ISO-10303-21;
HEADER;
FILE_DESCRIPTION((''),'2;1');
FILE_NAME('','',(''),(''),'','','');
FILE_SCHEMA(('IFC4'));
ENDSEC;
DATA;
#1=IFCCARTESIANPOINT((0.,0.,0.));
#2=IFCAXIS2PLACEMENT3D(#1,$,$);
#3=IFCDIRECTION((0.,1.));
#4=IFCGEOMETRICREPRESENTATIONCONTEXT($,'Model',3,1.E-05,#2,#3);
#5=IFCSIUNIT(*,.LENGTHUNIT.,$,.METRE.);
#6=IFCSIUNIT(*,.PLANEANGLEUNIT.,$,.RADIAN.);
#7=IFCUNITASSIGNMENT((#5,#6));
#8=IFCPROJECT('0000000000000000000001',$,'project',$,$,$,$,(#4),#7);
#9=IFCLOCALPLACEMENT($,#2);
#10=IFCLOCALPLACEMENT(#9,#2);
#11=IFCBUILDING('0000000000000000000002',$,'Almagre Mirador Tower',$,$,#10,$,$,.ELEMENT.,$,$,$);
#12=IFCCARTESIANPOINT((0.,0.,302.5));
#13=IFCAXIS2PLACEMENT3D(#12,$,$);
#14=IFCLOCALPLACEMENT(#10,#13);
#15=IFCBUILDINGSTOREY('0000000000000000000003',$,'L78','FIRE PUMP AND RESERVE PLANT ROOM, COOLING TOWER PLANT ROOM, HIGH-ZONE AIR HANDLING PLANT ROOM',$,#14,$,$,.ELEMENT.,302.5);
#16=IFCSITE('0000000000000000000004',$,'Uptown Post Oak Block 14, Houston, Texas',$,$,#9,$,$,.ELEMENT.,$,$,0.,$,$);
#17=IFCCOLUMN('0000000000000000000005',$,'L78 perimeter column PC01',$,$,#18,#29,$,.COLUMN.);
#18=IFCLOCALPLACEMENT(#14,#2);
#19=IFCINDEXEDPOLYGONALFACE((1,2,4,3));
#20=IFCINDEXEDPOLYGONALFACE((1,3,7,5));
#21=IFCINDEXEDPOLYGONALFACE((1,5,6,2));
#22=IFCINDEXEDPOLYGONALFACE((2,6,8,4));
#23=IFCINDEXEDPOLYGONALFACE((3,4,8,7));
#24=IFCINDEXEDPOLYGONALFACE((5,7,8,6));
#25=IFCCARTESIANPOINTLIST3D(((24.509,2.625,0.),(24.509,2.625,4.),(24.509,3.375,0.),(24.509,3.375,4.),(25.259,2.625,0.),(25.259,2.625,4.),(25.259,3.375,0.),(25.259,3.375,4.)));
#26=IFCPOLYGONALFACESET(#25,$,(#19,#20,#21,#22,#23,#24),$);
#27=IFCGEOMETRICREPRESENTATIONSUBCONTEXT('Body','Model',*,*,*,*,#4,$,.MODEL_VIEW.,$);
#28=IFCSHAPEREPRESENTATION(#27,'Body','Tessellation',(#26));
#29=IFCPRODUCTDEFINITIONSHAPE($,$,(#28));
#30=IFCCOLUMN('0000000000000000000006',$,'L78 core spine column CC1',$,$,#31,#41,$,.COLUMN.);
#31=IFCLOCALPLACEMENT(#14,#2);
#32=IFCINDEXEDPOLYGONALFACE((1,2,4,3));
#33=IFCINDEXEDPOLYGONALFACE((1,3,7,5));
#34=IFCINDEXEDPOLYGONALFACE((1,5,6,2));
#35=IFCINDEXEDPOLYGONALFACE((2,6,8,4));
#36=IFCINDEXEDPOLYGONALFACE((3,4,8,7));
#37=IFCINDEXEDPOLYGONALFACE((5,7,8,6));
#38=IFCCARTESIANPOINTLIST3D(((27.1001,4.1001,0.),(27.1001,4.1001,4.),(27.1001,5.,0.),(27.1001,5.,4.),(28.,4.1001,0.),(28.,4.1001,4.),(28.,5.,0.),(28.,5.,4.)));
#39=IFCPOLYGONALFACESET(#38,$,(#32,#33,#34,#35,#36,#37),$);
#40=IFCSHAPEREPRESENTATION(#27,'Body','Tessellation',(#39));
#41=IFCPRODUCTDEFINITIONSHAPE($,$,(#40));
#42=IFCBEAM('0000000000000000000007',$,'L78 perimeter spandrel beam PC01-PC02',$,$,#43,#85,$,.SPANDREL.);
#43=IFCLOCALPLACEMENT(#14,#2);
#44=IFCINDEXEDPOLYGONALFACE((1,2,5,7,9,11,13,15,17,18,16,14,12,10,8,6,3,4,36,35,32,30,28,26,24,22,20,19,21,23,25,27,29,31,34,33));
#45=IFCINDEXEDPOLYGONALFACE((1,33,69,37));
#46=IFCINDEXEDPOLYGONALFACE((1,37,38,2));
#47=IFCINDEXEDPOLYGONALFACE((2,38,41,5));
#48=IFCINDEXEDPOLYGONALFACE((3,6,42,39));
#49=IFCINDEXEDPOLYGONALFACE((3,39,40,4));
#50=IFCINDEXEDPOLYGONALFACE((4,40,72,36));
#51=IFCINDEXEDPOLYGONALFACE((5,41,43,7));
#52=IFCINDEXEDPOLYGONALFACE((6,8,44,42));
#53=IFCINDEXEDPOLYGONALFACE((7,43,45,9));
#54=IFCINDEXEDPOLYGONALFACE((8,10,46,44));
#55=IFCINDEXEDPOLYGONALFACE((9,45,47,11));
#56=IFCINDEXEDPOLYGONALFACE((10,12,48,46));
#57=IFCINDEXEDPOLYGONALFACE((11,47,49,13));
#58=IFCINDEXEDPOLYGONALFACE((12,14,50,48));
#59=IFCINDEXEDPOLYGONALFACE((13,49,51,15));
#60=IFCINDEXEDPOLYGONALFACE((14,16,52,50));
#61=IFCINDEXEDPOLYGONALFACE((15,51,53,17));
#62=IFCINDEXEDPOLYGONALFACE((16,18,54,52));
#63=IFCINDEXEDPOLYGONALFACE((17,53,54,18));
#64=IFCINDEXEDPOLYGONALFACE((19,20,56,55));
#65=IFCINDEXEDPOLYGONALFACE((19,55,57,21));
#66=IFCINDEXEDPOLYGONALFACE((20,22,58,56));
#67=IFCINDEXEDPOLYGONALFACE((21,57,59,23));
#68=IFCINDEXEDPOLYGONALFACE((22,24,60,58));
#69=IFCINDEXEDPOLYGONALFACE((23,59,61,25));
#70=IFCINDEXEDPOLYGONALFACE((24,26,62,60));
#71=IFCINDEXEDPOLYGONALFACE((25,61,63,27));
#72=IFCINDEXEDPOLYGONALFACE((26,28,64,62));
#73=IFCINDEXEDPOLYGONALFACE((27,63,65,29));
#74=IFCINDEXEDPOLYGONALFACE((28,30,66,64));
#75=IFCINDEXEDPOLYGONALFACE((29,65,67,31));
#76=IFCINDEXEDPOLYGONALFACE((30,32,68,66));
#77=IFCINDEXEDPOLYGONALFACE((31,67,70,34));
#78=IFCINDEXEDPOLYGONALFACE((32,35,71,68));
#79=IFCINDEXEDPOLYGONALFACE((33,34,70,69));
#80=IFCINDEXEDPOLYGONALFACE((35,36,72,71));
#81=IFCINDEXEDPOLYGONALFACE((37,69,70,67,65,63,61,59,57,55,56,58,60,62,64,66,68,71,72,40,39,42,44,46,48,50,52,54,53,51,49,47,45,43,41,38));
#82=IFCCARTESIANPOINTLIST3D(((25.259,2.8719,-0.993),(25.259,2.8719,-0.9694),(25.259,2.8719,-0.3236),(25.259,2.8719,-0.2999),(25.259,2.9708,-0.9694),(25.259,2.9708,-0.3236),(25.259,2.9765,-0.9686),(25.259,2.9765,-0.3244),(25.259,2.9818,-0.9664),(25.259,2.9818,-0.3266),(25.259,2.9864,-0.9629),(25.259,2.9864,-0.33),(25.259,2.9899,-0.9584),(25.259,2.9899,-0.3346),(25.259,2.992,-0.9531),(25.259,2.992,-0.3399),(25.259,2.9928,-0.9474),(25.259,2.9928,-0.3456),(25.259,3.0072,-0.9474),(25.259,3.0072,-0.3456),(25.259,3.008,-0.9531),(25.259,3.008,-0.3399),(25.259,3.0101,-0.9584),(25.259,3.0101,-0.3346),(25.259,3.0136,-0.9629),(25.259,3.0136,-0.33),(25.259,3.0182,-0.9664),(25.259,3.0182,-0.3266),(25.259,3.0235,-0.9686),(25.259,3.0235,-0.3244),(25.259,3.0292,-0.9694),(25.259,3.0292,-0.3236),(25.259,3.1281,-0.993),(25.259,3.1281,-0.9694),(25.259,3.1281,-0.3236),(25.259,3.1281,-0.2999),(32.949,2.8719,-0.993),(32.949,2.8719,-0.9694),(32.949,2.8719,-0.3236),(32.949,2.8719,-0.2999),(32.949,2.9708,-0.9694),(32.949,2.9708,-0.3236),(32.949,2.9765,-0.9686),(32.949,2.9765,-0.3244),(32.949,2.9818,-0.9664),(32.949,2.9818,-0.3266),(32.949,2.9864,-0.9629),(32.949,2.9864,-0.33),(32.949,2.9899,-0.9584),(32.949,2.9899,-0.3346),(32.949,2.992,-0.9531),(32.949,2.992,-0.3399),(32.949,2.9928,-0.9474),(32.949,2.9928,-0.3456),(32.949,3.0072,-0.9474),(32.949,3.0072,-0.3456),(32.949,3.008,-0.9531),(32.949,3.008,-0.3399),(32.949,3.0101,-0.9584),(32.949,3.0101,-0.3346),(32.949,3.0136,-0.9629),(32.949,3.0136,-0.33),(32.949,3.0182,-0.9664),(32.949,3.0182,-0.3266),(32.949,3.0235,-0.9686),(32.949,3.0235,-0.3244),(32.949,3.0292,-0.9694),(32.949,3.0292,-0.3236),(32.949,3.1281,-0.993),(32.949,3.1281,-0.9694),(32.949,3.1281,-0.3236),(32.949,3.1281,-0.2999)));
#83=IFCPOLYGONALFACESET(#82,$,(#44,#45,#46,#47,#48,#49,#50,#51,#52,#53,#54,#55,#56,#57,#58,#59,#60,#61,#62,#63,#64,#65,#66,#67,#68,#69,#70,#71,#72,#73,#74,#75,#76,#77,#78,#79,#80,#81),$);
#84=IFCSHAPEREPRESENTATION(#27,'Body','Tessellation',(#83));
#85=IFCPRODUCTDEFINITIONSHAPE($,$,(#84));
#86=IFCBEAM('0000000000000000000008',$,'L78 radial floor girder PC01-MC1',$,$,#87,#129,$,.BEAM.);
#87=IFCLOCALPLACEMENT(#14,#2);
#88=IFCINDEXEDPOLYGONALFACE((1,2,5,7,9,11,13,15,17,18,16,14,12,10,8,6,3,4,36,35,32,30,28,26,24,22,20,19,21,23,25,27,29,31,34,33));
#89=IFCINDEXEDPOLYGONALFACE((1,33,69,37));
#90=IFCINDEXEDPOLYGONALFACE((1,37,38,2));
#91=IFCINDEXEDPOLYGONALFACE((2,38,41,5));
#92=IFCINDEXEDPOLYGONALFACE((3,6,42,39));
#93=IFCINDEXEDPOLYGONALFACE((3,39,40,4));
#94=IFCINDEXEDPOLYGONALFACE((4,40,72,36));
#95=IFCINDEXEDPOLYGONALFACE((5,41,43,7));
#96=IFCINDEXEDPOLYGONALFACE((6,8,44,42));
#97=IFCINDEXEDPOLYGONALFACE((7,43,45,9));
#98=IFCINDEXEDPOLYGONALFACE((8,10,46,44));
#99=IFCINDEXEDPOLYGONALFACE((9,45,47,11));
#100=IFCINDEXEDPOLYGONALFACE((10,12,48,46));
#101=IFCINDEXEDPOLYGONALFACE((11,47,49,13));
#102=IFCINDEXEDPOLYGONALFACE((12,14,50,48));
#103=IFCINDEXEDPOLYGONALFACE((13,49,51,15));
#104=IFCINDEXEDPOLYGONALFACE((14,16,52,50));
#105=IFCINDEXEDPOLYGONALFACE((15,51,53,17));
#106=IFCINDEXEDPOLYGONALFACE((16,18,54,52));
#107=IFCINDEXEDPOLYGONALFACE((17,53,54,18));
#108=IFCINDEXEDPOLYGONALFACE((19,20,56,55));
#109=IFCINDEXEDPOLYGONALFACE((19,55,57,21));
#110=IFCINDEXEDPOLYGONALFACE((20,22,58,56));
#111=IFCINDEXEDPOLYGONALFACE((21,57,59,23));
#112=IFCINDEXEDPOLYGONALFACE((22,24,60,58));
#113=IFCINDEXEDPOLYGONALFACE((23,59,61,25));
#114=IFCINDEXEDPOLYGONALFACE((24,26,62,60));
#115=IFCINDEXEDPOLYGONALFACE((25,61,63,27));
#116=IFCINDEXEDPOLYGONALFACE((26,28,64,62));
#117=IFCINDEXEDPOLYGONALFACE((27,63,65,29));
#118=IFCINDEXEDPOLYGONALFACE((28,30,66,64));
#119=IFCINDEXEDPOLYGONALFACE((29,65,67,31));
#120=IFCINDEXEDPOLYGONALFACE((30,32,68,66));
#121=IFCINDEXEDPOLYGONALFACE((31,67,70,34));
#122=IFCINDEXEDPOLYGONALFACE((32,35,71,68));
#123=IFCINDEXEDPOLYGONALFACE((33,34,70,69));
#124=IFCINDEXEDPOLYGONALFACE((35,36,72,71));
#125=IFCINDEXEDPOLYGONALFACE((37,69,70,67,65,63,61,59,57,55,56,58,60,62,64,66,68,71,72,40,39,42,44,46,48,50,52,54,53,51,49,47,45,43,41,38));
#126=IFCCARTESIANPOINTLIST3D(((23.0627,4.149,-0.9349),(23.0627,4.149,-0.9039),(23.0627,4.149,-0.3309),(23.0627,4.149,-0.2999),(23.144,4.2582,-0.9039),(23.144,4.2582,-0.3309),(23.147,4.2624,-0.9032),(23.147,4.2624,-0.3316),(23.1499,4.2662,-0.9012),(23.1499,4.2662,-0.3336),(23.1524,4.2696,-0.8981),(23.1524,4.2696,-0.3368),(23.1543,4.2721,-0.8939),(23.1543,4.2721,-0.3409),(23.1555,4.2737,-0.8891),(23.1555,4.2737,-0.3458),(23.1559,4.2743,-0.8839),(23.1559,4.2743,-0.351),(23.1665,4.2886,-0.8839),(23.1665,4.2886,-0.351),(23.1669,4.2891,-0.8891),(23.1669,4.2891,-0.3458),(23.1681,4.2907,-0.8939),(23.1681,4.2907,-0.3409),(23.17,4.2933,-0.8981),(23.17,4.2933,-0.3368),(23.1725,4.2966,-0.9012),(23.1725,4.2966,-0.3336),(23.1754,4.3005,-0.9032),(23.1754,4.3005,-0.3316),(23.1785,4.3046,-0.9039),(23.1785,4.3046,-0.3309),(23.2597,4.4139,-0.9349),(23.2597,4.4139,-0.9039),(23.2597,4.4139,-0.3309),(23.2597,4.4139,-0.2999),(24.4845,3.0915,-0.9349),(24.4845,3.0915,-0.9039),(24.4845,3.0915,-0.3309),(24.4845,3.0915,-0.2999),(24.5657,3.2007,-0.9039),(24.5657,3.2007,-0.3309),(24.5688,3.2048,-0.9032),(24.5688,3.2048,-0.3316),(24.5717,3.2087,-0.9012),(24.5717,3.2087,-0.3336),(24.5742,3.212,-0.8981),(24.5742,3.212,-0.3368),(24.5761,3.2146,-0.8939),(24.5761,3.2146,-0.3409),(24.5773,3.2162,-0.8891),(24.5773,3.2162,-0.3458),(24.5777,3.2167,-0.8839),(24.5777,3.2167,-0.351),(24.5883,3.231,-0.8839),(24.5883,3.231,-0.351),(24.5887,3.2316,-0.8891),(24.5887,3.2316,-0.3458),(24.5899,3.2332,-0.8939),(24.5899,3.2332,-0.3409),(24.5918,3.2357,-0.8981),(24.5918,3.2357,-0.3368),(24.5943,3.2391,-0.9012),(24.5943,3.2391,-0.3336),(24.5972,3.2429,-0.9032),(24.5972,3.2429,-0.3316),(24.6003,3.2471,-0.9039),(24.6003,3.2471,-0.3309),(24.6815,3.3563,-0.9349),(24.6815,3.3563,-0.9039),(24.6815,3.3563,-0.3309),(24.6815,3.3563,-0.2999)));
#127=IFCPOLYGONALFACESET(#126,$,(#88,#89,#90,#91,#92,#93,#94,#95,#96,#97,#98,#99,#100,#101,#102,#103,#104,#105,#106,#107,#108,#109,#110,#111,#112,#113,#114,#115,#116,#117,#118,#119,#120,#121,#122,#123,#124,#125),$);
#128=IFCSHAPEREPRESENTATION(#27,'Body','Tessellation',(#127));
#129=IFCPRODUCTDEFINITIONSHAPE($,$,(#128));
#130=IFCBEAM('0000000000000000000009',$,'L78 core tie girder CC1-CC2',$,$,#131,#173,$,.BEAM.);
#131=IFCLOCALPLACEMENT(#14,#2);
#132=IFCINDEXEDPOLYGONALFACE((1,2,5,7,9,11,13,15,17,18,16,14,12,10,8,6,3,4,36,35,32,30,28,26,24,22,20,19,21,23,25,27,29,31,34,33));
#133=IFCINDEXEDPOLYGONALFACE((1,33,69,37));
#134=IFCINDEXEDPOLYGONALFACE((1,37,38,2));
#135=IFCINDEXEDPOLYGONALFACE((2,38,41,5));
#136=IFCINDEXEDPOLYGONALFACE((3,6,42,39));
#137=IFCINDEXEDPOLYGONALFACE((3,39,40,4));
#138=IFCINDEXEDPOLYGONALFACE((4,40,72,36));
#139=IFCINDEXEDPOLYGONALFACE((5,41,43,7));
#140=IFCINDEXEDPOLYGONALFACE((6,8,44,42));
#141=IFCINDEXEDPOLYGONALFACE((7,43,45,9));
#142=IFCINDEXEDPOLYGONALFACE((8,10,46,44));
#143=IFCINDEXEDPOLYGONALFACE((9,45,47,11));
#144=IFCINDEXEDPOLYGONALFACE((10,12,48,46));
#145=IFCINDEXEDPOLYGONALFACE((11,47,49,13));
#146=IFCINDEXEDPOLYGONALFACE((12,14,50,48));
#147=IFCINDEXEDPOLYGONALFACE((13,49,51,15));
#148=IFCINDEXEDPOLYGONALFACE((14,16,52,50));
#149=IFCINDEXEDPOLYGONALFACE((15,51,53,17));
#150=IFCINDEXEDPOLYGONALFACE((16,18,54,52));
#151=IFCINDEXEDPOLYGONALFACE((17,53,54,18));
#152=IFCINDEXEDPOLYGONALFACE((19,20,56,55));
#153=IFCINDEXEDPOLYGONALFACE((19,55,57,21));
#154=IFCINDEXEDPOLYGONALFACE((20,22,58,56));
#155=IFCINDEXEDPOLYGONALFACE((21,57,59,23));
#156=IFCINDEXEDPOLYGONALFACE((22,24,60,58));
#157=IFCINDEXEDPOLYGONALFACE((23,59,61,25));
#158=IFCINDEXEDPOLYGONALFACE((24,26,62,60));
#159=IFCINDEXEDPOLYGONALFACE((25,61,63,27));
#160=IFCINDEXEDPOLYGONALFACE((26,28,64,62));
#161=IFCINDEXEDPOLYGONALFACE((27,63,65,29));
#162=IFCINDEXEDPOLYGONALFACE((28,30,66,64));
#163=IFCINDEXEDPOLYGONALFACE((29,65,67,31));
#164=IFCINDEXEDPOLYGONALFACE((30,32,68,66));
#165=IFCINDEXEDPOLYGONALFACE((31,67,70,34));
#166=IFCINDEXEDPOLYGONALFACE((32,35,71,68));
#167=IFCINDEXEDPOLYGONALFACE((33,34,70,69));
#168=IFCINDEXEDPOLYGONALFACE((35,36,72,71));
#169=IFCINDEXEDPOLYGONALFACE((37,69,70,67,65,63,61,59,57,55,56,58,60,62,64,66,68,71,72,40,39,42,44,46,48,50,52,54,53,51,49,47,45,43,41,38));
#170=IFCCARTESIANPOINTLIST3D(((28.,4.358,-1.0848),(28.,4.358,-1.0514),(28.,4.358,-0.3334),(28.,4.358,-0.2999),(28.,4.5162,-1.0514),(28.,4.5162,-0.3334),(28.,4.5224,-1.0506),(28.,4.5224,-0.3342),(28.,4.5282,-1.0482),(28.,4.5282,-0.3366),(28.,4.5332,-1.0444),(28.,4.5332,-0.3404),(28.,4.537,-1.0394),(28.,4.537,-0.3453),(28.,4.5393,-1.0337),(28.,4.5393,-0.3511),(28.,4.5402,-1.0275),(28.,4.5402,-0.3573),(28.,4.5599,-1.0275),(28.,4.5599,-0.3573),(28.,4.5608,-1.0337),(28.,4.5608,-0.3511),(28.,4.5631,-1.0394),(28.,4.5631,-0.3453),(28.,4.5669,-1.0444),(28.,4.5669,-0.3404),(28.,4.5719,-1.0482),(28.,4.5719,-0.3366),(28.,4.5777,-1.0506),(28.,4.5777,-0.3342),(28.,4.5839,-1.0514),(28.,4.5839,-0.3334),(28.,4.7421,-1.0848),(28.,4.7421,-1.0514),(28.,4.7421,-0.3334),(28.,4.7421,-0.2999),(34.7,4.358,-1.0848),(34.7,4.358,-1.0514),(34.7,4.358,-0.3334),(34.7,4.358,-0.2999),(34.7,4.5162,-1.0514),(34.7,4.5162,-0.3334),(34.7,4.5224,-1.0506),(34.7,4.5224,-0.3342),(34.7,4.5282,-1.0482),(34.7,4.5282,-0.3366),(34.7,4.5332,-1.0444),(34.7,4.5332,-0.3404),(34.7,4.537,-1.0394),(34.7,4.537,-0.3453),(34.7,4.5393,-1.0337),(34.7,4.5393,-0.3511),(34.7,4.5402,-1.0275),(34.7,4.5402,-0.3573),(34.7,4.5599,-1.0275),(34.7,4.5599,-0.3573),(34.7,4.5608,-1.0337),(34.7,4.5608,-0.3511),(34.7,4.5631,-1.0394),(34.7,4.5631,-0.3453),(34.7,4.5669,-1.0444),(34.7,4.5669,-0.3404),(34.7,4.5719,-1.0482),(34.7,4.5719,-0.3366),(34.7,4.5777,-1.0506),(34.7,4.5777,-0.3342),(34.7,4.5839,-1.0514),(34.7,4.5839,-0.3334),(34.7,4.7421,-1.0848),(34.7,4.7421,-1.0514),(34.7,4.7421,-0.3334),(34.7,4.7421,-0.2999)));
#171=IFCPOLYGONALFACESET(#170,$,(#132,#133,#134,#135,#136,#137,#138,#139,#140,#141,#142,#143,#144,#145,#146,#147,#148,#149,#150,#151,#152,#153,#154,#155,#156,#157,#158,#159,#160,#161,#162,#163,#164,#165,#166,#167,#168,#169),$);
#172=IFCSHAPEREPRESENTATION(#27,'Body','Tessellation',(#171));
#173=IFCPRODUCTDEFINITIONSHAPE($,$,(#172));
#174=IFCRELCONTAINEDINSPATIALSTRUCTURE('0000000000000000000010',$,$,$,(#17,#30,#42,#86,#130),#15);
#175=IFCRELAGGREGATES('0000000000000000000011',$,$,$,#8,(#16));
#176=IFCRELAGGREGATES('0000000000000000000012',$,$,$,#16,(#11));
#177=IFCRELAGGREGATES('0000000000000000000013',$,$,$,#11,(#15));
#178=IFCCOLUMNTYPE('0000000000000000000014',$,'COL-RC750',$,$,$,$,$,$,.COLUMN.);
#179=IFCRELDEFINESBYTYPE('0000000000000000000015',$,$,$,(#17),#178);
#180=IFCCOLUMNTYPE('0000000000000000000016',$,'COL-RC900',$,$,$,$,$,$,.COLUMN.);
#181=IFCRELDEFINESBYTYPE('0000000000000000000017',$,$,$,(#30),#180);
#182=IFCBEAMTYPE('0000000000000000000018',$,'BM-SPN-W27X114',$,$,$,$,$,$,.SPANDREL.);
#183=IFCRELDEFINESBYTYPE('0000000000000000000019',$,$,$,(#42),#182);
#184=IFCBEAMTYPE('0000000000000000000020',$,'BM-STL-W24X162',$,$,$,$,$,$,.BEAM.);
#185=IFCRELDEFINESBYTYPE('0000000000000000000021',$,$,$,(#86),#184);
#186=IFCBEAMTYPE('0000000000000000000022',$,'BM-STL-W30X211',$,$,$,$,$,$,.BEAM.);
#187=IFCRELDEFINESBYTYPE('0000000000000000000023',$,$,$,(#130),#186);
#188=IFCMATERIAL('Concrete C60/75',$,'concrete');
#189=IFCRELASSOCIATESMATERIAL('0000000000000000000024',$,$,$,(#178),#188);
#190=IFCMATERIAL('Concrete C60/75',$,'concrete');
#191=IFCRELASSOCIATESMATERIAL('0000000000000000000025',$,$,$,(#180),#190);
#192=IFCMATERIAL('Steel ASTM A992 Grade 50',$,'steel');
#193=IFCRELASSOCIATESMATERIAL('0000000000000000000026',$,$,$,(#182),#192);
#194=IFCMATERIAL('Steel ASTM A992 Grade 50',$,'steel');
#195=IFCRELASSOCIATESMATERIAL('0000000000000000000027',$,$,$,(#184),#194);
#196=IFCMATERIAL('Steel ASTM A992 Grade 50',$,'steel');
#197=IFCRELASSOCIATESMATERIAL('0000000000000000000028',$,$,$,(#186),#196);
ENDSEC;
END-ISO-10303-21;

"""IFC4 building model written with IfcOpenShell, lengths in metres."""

from ifc_helpers import new_model, si_unit, direction, frame, origin, origin_2d, place, context, subcontext, project, spatial, rectangle, i_section, extrude, material, material_profile, profile_set, type_object, element, save


model = new_model("IFC4")

# Units and contexts
model_context = context("Model", 3, precision=1e-05, world=origin(), true_north=direction((0.0, 1.0)))
body_context = subcontext(model_context, "Body", "Model", "MODEL_VIEW")
ifc_project = project(units=[si_unit("LENGTHUNIT", "METRE"), si_unit("PLANEANGLEUNIT", "RADIAN")], contexts=[model_context])

# Site, building, storey
site_placement = place(None, origin())
site = spatial("IfcSite", under=ifc_project, at=site_placement, Name="Uptown Post Oak Block 14, Houston, Texas", CompositionType="ELEMENT", RefElevation=0.0)
building_placement = place(site_placement, origin())
building = spatial("IfcBuilding", under=site, at=building_placement, Name="Almagre Mirador Tower", CompositionType="ELEMENT")
storey_placement = place(building_placement, frame((0.0, 0.0, 302.5)))
storey = spatial("IfcBuildingStorey", under=building, at=storey_placement, Name="L78", Description="FIRE PUMP AND RESERVE PLANT ROOM, COOLING TOWER PLANT ROOM, HIGH-ZONE AIR HANDLING PLANT ROOM", CompositionType="ELEMENT", Elevation=302.5)

# Columns
ifc_material_1 = material(Name="Concrete C60/75", Category="concrete")
ifc_material_profile_1 = material_profile(ifc_material_1, rectangle(XDim=0.75, YDim=0.75, at=origin_2d()), Name="RC750X750")
ifc_profile_set_1 = profile_set([ifc_material_profile_1], Name="Concrete C60/75")
column_type_1 = type_object("IfcColumnType", Name="COL-RC750", PredefinedType="COLUMN", material=ifc_profile_set_1)
column_1_placement = place(storey_placement, frame((24.884, 3.0, 0.0), z_axis=(0.0, 0.0, 1.0), x_axis=(1.0, 0.0, 0.0)))
element("IfcColumn", 1, at=column_1_placement, inside=storey, type_object=column_type_1, Name="L78 perimeter column PC01", PredefinedType="COLUMN", context=body_context, shape_type="SweptSolid", body=[
    extrude(rectangle(XDim=0.75, YDim=0.75, at=origin_2d()), origin(), (0.0, 0.0, 1.0), 4.0),
])
ifc_material_2 = material(Name="Concrete C60/75", Category="concrete")
ifc_material_profile_2 = material_profile(ifc_material_2, rectangle(XDim=0.8999, YDim=0.8999, at=origin_2d()), Name="RC900X900")
ifc_profile_set_2 = profile_set([ifc_material_profile_2], Name="Concrete C60/75")
column_type_2 = type_object("IfcColumnType", Name="COL-RC900", PredefinedType="COLUMN", material=ifc_profile_set_2)
column_2_placement = place(storey_placement, frame((27.55, 4.55, 0.0), z_axis=(0.0, 0.0, 1.0), x_axis=(1.0, 0.0, 0.0)))
element("IfcColumn", 2, at=column_2_placement, inside=storey, type_object=column_type_2, Name="L78 core spine column CC1", PredefinedType="COLUMN", context=body_context, shape_type="SweptSolid", body=[
    extrude(rectangle(XDim=0.8999, YDim=0.8999, at=origin_2d()), origin(), (0.0, 0.0, 1.0), 4.0),
])

# Beams
ifc_material_3 = material(Name="Steel ASTM A992 Grade 50", Category="steel")
ifc_material_profile_3 = material_profile(ifc_material_3, i_section(OverallWidth=0.2561, OverallDepth=0.6931, WebThickness=0.0144, FlangeThickness=0.0237, FilletRadius=0.022, at=origin_2d()), Name="W27X114")
ifc_profile_set_3 = profile_set([ifc_material_profile_3], Name="Steel ASTM A992 Grade 50")
beam_type_1 = type_object("IfcBeamType", Name="BM-SPN-W27X114", PredefinedType="SPANDREL", material=ifc_profile_set_3)
beam_1_placement = place(storey_placement, frame((25.259, 3.0, -0.6465), z_axis=(1.0, 0.0, 0.0), x_axis=(0.0, 1.0, 0.0)))
element("IfcBeam", 3, at=beam_1_placement, inside=storey, type_object=beam_type_1, Name="L78 perimeter spandrel beam PC01-PC02", PredefinedType="SPANDREL", context=body_context, shape_type="SweptSolid", body=[
    extrude(i_section(OverallWidth=0.2561, OverallDepth=0.6931, WebThickness=0.0144, FlangeThickness=0.0237, FilletRadius=0.022, at=origin_2d()), origin(), (0.0, 0.0, 1.0), 7.6899),
])
ifc_material_4 = material(Name="Steel ASTM A992 Grade 50", Category="steel")
ifc_material_profile_4 = material_profile(ifc_material_4, i_section(OverallWidth=0.3301, OverallDepth=0.635, WebThickness=0.0178, FlangeThickness=0.031, FilletRadius=0.02, at=origin_2d()), Name="W24X162")
ifc_profile_set_4 = profile_set([ifc_material_profile_4], Name="Steel ASTM A992 Grade 50")
beam_type_2 = type_object("IfcBeamType", Name="BM-STL-W24X162", PredefinedType="BEAM", material=ifc_profile_set_4)
beam_2_placement = place(storey_placement, frame((24.583, 3.2239, -0.6174), z_axis=(-0.802374, 0.596821, 0.0), x_axis=(-0.596821, -0.802374, 0.0)))
element("IfcBeam", 4, at=beam_2_placement, inside=storey, type_object=beam_type_2, Name="L78 radial floor girder PC01-MC1", PredefinedType="BEAM", context=body_context, shape_type="SweptSolid", body=[
    extrude(i_section(OverallWidth=0.3301, OverallDepth=0.635, WebThickness=0.0178, FlangeThickness=0.031, FilletRadius=0.02, at=origin_2d()), origin(), (0.0, 0.0, 1.0), 1.772),
])
ifc_material_5 = material(Name="Steel ASTM A992 Grade 50", Category="steel")
ifc_material_profile_5 = material_profile(ifc_material_5, i_section(OverallWidth=0.384, OverallDepth=0.7849, WebThickness=0.0198, FlangeThickness=0.0334, FilletRadius=0.0239, at=origin_2d()), Name="W30X211")
ifc_profile_set_5 = profile_set([ifc_material_profile_5], Name="Steel ASTM A992 Grade 50")
beam_type_3 = type_object("IfcBeamType", Name="BM-STL-W30X211", PredefinedType="BEAM", material=ifc_profile_set_5)
beam_3_placement = place(storey_placement, frame((28.0, 4.55, -0.6924), z_axis=(1.0, 0.0, 0.0), x_axis=(0.0, 1.0, 0.0)))
element("IfcBeam", 5, at=beam_3_placement, inside=storey, type_object=beam_type_3, Name="L78 core tie girder CC1-CC2", PredefinedType="BEAM", context=body_context, shape_type="SweptSolid", body=[
    extrude(i_section(OverallWidth=0.384, OverallDepth=0.7849, WebThickness=0.0198, FlangeThickness=0.0334, FilletRadius=0.0239, at=origin_2d()), origin(), (0.0, 0.0, 1.0), 6.7),
])

save(model, "model.ifc")
